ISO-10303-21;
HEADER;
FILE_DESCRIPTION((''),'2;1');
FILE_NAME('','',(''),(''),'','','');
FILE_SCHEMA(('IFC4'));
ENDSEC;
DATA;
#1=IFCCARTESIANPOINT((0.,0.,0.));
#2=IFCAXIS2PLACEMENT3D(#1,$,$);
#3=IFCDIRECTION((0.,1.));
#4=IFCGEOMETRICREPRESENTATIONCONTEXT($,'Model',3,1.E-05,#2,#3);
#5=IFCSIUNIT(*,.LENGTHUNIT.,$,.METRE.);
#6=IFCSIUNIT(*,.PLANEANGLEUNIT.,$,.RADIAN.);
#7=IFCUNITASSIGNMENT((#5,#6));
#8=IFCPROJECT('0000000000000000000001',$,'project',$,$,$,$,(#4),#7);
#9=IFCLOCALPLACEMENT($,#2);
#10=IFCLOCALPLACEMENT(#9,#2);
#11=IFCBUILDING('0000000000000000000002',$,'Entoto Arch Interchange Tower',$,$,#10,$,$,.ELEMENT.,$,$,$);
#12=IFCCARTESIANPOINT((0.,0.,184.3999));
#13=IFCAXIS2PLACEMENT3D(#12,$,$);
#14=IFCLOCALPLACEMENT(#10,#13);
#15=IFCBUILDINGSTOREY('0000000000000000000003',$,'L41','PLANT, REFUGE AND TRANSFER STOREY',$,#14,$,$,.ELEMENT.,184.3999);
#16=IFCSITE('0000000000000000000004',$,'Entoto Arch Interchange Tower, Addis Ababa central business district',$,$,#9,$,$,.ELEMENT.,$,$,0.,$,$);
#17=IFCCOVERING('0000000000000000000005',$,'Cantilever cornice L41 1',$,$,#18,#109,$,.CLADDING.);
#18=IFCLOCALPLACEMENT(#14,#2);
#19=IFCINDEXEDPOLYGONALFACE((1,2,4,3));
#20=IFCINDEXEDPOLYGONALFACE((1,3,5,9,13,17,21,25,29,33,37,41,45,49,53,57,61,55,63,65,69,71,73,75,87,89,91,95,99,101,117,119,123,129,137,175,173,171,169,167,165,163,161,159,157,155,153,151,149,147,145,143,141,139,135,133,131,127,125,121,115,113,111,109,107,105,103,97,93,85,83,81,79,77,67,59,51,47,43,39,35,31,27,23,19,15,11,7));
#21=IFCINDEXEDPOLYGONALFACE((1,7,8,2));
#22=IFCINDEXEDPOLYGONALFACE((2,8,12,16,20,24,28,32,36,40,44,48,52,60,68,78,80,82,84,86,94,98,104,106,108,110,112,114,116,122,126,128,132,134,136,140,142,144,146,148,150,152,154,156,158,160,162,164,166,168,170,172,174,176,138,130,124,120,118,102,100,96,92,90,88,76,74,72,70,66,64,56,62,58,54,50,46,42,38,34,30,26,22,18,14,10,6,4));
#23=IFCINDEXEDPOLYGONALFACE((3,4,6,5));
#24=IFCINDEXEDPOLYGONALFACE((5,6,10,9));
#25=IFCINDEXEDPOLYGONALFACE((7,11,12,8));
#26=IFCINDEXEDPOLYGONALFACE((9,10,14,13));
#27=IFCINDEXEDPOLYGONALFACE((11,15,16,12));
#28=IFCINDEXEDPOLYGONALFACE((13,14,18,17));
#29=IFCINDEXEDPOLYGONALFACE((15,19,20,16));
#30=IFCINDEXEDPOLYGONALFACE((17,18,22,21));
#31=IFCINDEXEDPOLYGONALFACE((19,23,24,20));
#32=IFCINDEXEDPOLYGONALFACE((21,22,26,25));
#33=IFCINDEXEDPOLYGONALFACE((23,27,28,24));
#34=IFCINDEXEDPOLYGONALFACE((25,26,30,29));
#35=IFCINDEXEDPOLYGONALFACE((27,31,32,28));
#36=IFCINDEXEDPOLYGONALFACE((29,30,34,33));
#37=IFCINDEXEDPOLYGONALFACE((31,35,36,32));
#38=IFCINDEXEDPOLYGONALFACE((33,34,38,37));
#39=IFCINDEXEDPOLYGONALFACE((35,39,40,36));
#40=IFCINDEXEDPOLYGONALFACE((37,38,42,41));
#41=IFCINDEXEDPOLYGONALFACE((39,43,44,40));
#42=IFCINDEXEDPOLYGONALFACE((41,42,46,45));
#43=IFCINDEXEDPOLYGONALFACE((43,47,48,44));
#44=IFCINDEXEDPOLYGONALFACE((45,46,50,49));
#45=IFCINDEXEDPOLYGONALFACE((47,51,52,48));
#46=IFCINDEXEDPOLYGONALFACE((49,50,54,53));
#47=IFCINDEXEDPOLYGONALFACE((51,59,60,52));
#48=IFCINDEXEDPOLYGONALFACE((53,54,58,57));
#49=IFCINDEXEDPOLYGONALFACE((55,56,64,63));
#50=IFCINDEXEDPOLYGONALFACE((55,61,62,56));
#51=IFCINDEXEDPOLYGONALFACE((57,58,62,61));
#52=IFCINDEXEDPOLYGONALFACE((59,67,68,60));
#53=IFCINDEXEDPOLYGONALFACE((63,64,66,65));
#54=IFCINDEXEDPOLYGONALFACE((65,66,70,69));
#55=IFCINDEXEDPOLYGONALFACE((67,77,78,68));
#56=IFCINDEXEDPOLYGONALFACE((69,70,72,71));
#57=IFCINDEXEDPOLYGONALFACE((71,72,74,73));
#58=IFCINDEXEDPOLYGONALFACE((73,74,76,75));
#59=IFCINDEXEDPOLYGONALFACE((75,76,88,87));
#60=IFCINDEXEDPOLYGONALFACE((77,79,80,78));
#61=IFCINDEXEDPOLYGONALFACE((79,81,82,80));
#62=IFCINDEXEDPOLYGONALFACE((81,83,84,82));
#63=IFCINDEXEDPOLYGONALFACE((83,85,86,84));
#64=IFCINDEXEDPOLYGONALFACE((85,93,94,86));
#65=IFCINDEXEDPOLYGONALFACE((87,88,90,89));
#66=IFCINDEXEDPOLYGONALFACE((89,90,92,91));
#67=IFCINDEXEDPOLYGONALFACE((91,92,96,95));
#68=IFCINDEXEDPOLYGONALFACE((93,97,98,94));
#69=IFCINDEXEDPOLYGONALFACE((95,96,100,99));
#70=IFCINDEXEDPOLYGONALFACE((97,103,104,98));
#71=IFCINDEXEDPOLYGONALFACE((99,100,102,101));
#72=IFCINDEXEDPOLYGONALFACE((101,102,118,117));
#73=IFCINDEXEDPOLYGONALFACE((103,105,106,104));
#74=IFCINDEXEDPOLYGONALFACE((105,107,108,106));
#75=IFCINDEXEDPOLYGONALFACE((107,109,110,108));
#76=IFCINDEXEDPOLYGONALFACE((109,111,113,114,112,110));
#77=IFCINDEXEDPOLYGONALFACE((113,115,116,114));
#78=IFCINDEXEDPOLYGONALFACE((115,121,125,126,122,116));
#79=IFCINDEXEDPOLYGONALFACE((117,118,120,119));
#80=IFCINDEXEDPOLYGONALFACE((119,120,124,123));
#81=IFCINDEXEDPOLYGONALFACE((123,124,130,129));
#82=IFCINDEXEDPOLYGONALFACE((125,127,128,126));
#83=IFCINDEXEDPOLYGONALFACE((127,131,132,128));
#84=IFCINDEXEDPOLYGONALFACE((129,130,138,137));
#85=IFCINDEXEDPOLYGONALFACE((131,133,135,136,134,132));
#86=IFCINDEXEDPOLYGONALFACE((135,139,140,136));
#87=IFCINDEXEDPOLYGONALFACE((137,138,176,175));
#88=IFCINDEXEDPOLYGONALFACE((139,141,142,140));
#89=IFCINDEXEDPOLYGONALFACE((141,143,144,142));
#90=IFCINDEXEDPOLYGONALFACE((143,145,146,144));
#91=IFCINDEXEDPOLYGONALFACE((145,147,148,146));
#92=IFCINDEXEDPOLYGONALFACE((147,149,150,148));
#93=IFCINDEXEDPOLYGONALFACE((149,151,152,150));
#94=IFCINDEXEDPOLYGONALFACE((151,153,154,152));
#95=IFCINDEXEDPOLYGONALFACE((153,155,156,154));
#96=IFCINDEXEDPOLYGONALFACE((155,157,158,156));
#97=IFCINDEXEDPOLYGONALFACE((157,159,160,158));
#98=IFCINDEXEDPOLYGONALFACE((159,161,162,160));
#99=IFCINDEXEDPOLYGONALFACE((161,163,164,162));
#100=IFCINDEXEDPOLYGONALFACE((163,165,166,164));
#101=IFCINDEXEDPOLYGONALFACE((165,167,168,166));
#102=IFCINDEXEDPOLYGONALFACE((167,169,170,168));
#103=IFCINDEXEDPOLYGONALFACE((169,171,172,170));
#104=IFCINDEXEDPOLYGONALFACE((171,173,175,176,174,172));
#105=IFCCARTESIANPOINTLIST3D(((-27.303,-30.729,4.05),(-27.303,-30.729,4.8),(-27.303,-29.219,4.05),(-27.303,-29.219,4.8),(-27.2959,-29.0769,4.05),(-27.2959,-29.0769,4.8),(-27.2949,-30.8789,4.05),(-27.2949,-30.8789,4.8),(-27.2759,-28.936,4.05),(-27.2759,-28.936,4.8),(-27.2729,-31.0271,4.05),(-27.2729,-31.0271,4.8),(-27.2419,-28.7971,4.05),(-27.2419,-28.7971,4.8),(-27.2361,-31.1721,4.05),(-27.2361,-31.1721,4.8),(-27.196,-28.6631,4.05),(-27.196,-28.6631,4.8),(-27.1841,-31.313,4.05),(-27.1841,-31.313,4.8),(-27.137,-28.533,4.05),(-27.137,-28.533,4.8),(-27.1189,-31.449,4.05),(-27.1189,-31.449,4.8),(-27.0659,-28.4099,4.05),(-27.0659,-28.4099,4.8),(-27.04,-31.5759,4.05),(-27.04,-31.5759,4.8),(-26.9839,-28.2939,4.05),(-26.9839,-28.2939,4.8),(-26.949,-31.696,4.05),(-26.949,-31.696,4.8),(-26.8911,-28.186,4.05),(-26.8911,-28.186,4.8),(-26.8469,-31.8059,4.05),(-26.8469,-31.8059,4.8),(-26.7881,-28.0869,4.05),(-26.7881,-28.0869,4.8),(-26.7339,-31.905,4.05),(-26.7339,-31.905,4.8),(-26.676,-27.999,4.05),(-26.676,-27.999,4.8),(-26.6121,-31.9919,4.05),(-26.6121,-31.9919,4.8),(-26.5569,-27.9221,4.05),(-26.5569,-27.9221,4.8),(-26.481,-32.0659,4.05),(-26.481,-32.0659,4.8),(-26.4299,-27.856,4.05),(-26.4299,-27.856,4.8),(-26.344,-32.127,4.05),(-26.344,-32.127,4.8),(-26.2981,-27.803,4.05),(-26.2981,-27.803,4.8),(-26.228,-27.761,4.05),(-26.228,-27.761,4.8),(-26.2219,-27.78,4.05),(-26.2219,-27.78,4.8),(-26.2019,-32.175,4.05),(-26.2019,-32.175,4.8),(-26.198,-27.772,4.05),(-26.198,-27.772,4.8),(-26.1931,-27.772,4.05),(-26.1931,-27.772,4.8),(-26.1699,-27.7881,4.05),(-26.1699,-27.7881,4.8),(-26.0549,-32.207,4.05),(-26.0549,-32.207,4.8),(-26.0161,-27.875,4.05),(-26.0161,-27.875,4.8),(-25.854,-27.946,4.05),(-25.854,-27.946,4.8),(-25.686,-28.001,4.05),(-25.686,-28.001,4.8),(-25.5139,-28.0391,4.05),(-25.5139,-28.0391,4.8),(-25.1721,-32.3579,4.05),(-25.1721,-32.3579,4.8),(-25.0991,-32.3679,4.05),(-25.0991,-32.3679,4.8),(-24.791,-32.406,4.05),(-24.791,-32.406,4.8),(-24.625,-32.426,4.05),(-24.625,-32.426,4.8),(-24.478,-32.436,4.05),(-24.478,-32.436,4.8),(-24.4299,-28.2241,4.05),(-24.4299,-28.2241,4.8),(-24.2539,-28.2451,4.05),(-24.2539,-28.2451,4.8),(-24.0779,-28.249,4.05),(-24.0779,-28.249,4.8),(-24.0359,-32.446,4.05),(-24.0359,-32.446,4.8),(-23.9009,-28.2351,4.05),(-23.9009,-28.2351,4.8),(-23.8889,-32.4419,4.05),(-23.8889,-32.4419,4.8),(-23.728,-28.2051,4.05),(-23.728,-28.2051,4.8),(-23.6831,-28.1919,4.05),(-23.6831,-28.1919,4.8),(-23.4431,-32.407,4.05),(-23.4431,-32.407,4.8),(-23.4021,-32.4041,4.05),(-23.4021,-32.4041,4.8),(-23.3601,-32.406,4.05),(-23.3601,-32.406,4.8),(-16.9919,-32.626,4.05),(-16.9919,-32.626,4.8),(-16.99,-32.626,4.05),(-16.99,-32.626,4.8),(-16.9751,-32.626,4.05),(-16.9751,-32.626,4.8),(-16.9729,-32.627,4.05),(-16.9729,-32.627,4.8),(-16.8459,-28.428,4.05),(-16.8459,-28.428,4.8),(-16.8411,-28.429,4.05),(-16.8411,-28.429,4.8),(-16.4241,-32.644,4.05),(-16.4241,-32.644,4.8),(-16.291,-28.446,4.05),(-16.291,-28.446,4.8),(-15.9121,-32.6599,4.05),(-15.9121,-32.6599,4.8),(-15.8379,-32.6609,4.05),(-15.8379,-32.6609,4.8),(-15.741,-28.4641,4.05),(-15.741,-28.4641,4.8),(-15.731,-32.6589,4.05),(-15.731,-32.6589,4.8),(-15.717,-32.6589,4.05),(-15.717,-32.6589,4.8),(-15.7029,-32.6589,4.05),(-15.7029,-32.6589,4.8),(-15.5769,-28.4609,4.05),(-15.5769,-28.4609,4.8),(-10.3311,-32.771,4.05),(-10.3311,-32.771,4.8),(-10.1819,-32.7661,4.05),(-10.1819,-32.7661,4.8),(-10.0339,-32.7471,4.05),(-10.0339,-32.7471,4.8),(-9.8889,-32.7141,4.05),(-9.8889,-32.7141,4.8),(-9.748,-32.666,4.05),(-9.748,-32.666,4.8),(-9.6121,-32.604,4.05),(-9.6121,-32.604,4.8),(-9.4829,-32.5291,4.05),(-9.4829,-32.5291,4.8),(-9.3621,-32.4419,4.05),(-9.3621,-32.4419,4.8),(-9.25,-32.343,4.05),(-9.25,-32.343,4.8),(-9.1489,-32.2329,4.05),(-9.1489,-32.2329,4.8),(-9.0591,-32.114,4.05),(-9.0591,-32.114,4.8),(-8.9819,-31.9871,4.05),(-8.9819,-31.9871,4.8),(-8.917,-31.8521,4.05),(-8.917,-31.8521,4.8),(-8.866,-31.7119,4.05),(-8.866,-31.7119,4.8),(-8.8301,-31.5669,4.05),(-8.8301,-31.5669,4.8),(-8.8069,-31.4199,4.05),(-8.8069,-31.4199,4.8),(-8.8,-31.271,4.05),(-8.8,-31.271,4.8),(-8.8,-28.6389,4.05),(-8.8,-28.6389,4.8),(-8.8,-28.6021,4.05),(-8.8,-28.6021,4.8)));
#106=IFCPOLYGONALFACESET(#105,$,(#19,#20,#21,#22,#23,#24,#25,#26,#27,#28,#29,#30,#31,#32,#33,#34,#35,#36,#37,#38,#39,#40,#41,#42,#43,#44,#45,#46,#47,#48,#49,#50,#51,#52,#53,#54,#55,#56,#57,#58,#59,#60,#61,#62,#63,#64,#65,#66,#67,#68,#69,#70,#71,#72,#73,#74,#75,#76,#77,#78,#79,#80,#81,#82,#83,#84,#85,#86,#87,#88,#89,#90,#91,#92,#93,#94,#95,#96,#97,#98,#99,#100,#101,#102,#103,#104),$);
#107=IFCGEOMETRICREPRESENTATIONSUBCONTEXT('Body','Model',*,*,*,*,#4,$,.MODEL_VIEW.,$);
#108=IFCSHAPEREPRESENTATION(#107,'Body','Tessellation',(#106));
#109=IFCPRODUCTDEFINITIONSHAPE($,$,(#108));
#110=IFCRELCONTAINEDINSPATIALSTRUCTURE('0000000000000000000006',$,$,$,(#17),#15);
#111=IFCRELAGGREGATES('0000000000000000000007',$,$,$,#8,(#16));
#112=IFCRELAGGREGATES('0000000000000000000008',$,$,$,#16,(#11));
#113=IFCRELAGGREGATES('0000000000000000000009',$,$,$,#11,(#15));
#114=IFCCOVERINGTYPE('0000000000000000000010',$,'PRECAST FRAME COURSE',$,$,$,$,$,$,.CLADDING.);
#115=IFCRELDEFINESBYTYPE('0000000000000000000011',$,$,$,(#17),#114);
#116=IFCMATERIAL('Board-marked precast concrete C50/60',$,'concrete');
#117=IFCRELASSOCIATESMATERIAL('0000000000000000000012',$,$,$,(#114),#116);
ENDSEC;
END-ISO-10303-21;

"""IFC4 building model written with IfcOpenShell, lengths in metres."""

from ifc_helpers import new_model, si_unit, direction, frame, origin, place, context, subcontext, project, spatial, polyline, outline, extrude, material, type_object, element, save


model = new_model("IFC4")

# Units and contexts
model_context = context("Model", 3, precision=1e-05, world=origin(), true_north=direction((0.0, 1.0)))
body_context = subcontext(model_context, "Body", "Model", "MODEL_VIEW")
ifc_project = project(units=[si_unit("LENGTHUNIT", "METRE"), si_unit("PLANEANGLEUNIT", "RADIAN")], contexts=[model_context])

# Site, building, storey
site_placement = place(None, origin())
site = spatial("IfcSite", under=ifc_project, at=site_placement, Name="Entoto Arch Interchange Tower, Addis Ababa central business district", CompositionType="ELEMENT", RefElevation=0.0)
building_placement = place(site_placement, origin())
building = spatial("IfcBuilding", under=site, at=building_placement, Name="Entoto Arch Interchange Tower", CompositionType="ELEMENT")
storey_placement = place(building_placement, frame((0.0, 0.0, 184.3999)))
storey = spatial("IfcBuildingStorey", under=building, at=storey_placement, Name="L41", Description="PLANT, REFUGE AND TRANSFER STOREY", CompositionType="ELEMENT", Elevation=184.3999)

# Covering
ifc_material_1 = material(Name="Board-marked precast concrete C50/60", Category="concrete")
covering_type_1 = type_object("IfcCoveringType", Name="PRECAST FRAME COURSE", PredefinedType="CLADDING", material=ifc_material_1)
covering_1_placement = place(storey_placement, frame((0.0, 0.0, 4.05)))
element("IfcCovering", 1, at=covering_1_placement, inside=storey, type_object=covering_type_1, Name="Cantilever cornice L41 1", PredefinedType="CLADDING", context=body_context, shape_type="SweptSolid", body=[
    extrude(outline(polyline([(-8.8301, -31.5669), (-8.866, -31.7119), (-8.917, -31.8521), (-8.9819, -31.9871), (-9.0591, -32.114), (-9.1489, -32.2329), (-9.25, -32.343), (-9.3621, -32.4419), (-9.4829, -32.5291), (-9.6121, -32.604), (-9.748, -32.666), (-9.8889, -32.7141), (-10.0339, -32.7471), (-10.1819, -32.7661), (-10.3311, -32.771), (-15.7029, -32.6589), (-15.717, -32.6589), (-15.731, -32.6589), (-15.8379, -32.6609), (-15.9121, -32.6599), (-16.4241, -32.644), (-16.9729, -32.627), (-16.9751, -32.626), (-16.99, -32.626), (-16.9919, -32.626), (-23.3601, -32.406), (-23.4021, -32.4041), (-23.4431, -32.407), (-23.8889, -32.4419), (-24.0359, -32.446), (-24.478, -32.436), (-24.625, -32.426), (-24.791, -32.406), (-25.0991, -32.3679), (-25.1721, -32.3579), (-26.0549, -32.207), (-26.2019, -32.175), (-26.344, -32.127), (-26.481, -32.0659), (-26.6121, -31.9919), (-26.7339, -31.905), (-26.8469, -31.8059), (-26.949, -31.696), (-27.04, -31.5759), (-27.1189, -31.449), (-27.1841, -31.313), (-27.2361, -31.1721), (-27.2729, -31.0271), (-27.2949, -30.8789), (-27.303, -30.729), (-27.303, -29.219), (-27.2959, -29.0769), (-27.2759, -28.936), (-27.2419, -28.7971), (-27.196, -28.6631), (-27.137, -28.533), (-27.0659, -28.4099), (-26.9839, -28.2939), (-26.8911, -28.186), (-26.7881, -28.0869), (-26.676, -27.999), (-26.5569, -27.9221), (-26.4299, -27.856), (-26.2981, -27.803), (-26.2219, -27.78), (-26.198, -27.772), (-26.228, -27.761), (-26.1931, -27.772), (-26.1699, -27.7881), (-26.0161, -27.875), (-25.854, -27.946), (-25.686, -28.001), (-25.5139, -28.0391), (-24.4299, -28.2241), (-24.2539, -28.2451), (-24.0779, -28.249), (-23.9009, -28.2351), (-23.728, -28.2051), (-23.6831, -28.1919), (-16.8459, -28.428), (-16.8411, -28.429), (-16.291, -28.446), (-15.741, -28.4641), (-15.5769, -28.4609), (-8.8, -28.6021), (-8.8, -28.6389), (-8.8, -31.271), (-8.8069, -31.4199), (-8.8301, -31.5669)])), origin(), (0.0, 0.0, 1.0), 0.75),
])

save(model, "model.ifc")
